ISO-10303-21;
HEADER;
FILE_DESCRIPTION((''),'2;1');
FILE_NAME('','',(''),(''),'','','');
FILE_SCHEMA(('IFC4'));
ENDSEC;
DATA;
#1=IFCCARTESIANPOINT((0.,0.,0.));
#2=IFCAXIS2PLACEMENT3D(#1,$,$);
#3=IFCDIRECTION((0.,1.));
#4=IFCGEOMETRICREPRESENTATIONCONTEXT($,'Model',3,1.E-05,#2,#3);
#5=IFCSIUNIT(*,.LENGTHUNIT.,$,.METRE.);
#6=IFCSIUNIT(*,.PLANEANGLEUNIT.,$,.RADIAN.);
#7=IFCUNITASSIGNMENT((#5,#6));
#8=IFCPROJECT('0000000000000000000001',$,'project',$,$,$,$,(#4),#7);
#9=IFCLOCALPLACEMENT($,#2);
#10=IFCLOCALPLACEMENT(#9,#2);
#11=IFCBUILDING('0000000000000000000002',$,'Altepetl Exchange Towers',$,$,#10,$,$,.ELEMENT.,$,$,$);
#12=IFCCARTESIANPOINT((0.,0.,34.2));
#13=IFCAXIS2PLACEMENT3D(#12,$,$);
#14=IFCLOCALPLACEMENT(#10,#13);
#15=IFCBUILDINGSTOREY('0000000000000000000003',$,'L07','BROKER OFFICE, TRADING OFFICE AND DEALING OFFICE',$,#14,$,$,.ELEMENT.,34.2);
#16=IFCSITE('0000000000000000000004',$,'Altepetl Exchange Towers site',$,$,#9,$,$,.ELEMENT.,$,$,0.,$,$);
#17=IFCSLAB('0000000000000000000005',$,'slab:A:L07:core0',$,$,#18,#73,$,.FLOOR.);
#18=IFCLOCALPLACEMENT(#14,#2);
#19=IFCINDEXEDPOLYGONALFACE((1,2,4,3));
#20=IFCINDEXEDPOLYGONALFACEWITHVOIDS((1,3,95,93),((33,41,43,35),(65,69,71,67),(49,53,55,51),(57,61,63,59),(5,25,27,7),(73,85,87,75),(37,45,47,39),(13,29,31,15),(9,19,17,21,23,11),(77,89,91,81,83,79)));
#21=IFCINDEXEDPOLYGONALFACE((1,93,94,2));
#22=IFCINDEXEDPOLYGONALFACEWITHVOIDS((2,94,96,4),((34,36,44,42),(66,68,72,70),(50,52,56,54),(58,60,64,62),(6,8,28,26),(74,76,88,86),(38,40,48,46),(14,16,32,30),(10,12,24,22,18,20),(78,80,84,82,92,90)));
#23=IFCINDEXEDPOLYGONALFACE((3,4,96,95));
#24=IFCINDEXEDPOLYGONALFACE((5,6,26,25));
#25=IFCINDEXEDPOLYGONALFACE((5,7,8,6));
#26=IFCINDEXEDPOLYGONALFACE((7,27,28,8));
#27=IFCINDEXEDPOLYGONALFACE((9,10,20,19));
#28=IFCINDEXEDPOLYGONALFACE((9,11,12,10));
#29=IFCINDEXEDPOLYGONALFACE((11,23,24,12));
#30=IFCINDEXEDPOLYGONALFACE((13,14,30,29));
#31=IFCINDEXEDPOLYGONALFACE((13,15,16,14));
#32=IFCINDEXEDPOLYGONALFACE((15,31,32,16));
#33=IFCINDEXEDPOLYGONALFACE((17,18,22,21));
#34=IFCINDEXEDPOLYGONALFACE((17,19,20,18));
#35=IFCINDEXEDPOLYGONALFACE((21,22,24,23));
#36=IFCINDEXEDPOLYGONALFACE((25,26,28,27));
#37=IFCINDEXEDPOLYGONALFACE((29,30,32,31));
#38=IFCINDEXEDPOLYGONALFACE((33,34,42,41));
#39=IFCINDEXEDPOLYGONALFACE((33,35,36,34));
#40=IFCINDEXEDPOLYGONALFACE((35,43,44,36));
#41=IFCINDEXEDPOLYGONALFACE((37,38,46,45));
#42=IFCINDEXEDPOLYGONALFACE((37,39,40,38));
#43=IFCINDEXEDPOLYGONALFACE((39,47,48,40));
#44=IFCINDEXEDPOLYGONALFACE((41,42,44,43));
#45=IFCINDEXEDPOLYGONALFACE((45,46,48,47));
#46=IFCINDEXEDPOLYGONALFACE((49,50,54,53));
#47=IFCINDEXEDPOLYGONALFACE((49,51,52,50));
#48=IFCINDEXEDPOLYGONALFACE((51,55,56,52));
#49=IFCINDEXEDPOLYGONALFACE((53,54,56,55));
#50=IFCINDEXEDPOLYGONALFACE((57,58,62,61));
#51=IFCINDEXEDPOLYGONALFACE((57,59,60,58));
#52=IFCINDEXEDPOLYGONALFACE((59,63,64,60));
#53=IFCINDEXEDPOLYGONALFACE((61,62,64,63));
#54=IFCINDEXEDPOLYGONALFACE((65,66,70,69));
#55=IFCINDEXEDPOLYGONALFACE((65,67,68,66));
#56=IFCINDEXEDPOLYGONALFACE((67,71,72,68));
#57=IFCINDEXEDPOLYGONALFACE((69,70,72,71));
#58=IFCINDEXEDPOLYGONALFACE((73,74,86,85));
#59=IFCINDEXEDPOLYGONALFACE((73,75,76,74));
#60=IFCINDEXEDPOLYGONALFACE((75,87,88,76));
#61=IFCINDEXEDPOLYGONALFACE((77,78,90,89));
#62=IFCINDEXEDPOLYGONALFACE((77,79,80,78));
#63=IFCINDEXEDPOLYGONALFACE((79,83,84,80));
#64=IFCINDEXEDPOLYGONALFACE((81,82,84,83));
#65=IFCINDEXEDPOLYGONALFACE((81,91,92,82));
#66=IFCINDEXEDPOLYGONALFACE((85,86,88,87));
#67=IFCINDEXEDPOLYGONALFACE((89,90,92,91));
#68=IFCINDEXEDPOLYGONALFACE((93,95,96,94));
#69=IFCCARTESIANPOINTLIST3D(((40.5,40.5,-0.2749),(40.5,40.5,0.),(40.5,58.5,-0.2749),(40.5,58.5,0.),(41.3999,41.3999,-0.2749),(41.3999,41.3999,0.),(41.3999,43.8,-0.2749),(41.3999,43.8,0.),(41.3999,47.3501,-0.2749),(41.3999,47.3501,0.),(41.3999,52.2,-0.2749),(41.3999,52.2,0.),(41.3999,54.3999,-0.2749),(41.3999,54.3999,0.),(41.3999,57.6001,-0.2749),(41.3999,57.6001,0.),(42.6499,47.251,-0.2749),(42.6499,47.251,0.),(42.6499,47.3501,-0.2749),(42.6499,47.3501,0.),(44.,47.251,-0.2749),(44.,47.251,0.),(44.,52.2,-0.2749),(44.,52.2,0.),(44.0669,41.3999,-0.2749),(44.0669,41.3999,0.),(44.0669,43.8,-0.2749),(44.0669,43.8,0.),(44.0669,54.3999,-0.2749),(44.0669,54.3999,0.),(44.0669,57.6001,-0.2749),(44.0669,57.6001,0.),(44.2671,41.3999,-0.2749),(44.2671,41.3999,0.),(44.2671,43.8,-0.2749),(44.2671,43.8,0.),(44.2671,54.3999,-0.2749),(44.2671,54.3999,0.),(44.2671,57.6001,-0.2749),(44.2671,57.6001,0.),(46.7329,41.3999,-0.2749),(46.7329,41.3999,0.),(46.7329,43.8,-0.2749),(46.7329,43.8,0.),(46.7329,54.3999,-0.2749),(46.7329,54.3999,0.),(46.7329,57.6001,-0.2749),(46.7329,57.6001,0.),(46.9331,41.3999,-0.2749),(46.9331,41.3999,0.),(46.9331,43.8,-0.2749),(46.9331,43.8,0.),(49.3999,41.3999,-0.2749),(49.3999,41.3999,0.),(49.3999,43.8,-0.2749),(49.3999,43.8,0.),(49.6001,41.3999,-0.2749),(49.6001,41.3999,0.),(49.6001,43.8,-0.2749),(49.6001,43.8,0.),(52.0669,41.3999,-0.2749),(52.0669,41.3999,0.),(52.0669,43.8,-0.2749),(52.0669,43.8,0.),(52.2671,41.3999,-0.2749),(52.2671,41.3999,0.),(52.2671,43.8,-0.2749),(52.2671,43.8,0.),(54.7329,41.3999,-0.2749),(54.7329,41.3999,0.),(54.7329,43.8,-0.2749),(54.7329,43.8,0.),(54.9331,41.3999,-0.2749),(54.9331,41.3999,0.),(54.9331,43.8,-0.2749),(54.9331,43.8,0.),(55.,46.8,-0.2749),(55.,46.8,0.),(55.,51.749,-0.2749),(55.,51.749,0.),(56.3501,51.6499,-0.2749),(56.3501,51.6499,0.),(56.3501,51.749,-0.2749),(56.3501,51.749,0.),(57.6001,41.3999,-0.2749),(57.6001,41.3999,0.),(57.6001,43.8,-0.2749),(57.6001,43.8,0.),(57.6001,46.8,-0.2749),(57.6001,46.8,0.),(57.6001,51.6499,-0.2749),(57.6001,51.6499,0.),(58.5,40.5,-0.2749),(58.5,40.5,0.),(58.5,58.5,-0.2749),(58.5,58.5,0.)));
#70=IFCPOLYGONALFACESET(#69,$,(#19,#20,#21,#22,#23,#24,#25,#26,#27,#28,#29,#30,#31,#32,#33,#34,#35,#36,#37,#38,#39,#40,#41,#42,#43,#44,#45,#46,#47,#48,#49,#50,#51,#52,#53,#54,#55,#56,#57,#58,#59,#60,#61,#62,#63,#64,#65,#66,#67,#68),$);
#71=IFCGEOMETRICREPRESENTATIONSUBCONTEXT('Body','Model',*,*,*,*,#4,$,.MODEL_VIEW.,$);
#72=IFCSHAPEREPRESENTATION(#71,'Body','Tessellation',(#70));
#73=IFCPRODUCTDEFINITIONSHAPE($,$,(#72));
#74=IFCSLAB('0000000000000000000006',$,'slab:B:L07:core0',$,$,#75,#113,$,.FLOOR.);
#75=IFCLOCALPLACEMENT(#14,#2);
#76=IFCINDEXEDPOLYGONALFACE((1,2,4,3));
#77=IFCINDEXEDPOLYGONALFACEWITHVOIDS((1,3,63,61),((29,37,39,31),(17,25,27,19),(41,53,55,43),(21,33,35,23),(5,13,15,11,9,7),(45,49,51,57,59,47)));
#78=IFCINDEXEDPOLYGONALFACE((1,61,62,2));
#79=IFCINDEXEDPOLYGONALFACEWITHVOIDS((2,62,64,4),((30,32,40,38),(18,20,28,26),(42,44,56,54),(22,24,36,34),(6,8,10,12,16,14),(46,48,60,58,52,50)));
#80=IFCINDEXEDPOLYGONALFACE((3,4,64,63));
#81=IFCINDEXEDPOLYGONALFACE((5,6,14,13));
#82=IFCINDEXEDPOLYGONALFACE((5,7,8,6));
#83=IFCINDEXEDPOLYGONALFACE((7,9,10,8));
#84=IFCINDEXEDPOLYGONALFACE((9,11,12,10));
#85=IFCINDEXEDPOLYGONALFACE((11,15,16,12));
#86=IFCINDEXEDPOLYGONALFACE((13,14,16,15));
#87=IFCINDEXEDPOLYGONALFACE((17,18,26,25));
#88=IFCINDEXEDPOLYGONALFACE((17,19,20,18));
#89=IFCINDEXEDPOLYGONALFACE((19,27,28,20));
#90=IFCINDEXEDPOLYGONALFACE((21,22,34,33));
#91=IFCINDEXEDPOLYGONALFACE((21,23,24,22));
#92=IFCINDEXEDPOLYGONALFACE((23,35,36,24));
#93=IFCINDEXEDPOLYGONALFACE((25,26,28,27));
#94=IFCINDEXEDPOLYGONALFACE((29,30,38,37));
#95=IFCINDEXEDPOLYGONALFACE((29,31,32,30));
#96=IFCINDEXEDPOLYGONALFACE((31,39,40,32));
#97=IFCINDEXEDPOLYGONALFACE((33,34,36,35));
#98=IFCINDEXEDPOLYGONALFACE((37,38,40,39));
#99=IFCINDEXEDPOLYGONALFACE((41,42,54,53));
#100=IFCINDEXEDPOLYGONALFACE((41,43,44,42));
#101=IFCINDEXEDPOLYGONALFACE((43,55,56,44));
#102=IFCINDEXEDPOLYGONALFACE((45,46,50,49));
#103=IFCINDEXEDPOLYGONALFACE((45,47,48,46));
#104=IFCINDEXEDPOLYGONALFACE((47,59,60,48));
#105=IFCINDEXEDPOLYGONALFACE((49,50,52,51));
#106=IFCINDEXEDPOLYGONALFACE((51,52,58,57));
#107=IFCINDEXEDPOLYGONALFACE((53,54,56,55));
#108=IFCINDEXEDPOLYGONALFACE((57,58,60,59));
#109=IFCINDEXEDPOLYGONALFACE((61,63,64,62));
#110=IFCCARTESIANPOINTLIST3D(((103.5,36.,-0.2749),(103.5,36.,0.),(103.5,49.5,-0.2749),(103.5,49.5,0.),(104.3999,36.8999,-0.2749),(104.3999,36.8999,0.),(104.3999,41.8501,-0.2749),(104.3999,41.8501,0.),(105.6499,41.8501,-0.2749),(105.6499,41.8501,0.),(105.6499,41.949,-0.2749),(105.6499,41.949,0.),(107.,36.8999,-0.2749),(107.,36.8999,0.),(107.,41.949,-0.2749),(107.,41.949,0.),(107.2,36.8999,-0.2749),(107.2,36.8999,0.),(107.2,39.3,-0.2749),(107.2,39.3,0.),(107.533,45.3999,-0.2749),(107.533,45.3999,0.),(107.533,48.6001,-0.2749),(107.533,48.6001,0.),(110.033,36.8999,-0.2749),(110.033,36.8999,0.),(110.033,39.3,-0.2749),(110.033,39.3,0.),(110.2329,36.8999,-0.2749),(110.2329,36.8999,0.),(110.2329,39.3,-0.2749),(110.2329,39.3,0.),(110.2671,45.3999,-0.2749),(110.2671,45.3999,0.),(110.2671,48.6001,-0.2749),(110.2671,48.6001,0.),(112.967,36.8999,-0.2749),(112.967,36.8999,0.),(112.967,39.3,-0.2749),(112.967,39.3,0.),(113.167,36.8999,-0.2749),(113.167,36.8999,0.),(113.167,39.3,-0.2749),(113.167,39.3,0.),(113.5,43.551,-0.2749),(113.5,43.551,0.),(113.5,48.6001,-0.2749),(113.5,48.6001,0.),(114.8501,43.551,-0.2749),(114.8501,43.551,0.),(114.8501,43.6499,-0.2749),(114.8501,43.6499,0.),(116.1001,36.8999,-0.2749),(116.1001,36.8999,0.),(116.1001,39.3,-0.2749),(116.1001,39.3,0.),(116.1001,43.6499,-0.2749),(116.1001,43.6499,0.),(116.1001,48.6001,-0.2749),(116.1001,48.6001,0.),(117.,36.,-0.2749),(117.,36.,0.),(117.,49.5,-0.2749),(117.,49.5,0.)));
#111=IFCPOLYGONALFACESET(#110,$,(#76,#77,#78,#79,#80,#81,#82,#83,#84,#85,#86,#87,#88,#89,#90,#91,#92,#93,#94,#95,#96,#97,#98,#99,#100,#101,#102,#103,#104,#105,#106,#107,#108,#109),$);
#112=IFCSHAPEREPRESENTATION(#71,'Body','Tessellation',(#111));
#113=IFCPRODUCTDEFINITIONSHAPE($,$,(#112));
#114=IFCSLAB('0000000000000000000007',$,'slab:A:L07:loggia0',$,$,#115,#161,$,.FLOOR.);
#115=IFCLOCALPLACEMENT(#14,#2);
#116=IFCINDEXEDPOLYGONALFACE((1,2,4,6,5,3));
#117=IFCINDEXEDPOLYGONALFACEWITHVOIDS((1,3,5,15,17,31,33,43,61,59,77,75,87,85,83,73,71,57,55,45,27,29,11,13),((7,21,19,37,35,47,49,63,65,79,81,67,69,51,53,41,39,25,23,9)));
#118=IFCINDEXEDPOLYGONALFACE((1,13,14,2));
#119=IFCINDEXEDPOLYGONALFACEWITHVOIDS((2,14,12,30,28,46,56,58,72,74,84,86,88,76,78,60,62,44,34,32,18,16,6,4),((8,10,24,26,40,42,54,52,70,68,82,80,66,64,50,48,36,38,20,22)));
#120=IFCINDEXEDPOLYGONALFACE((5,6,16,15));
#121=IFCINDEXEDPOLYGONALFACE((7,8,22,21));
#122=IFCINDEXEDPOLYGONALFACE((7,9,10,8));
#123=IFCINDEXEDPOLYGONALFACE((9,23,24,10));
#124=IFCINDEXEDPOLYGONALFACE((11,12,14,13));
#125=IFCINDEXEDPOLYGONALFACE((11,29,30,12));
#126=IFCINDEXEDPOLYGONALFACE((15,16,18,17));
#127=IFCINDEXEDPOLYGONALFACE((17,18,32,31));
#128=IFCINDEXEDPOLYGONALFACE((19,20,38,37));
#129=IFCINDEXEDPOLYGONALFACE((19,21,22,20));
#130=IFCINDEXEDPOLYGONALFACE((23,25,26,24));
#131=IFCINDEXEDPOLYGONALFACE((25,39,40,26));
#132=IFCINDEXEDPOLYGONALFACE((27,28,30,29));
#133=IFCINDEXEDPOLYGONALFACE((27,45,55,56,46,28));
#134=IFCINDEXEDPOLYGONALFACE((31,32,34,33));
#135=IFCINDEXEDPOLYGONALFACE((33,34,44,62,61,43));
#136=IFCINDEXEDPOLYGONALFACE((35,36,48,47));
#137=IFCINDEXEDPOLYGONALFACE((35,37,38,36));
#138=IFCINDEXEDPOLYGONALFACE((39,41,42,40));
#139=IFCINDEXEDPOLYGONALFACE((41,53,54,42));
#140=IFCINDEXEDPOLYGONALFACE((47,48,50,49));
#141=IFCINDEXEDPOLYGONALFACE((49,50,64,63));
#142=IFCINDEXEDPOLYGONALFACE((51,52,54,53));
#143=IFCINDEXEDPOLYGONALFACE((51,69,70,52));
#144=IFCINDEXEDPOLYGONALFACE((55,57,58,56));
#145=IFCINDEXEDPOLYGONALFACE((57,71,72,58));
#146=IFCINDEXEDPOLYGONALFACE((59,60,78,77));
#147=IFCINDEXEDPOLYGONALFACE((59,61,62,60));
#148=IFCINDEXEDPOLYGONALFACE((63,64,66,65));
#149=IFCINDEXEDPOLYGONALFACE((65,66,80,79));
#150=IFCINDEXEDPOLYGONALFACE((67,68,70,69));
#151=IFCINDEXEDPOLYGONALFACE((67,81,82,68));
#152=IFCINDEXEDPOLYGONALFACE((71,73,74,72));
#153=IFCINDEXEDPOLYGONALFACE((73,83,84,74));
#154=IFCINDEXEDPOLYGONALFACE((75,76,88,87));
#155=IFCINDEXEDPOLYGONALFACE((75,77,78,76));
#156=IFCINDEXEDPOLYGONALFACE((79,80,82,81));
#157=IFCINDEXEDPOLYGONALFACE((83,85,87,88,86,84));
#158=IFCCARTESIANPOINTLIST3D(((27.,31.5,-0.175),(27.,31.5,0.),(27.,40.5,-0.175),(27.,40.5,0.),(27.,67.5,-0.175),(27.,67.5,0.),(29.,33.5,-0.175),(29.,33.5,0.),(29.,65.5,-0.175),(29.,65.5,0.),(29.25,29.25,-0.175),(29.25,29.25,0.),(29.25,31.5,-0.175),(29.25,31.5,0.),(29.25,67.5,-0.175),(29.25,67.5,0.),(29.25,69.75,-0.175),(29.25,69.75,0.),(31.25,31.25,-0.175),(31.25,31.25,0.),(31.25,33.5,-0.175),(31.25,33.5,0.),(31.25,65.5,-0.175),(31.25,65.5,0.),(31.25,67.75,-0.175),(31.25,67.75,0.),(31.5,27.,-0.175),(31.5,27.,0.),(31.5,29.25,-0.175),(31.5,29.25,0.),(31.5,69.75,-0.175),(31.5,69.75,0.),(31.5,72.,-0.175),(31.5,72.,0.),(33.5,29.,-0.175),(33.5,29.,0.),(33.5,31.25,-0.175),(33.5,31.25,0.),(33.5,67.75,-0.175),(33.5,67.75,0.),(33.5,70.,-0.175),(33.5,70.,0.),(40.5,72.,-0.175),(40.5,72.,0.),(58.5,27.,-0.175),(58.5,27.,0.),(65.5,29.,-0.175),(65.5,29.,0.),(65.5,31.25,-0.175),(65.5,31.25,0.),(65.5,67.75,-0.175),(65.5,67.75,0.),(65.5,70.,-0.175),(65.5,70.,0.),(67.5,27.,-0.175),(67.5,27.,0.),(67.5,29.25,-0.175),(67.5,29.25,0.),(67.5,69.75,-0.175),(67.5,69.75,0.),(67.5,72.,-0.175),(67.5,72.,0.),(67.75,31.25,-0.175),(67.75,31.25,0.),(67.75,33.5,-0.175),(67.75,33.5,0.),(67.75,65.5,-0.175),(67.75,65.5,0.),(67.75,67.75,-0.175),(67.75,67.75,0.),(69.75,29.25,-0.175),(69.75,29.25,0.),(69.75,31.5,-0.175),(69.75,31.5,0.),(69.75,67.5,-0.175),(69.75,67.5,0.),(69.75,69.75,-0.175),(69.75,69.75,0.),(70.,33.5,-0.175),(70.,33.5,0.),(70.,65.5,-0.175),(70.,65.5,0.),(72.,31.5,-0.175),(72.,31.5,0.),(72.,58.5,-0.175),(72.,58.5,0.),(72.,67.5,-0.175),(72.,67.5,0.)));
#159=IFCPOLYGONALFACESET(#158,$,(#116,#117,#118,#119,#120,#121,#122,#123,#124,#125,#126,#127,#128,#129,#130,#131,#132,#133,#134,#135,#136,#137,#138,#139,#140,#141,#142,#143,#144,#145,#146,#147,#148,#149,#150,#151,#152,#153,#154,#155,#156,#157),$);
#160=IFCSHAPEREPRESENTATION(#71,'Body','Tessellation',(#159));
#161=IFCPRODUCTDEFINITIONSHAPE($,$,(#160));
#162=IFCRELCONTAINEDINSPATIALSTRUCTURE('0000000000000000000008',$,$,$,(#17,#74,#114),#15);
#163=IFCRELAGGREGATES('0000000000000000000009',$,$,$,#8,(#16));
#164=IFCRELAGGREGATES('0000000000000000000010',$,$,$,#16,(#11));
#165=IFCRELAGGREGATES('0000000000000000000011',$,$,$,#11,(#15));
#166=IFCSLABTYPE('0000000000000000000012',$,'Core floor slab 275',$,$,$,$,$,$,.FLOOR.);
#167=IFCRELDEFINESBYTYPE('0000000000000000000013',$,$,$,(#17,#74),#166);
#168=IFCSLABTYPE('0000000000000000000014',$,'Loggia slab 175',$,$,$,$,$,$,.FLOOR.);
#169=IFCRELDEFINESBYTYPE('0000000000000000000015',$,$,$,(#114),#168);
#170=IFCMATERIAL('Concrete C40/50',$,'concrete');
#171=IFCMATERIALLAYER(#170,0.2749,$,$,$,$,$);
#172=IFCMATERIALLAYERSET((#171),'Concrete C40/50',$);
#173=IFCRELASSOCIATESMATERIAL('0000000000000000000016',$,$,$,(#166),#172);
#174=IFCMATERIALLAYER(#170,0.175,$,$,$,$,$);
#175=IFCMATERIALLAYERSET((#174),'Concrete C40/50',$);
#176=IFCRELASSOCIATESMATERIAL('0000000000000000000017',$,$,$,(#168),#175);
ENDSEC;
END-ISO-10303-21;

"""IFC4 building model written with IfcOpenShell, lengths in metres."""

from ifc_helpers import new_model, si_unit, direction, frame, origin, place, context, subcontext, project, spatial, polyline, outline, extrude, material, layer, layer_set, type_object, element, save


model = new_model("IFC4")

# Units and contexts
model_context = context("Model", 3, precision=1e-05, world=origin(), true_north=direction((0.0, 1.0)))
body_context = subcontext(model_context, "Body", "Model", "MODEL_VIEW")
ifc_project = project(units=[si_unit("LENGTHUNIT", "METRE"), si_unit("PLANEANGLEUNIT", "RADIAN")], contexts=[model_context])

# Site, building, storey
site_placement = place(None, origin())
site = spatial("IfcSite", under=ifc_project, at=site_placement, Name="Altepetl Exchange Towers site", CompositionType="ELEMENT", RefElevation=0.0)
building_placement = place(site_placement, origin())
building = spatial("IfcBuilding", under=site, at=building_placement, Name="Altepetl Exchange Towers", CompositionType="ELEMENT")
storey_placement = place(building_placement, frame((0.0, 0.0, 34.2)))
storey = spatial("IfcBuildingStorey", under=building, at=storey_placement, Name="L07", Description="BROKER OFFICE, TRADING OFFICE AND DEALING OFFICE", CompositionType="ELEMENT", Elevation=34.2)

# Slabs
ifc_material_1 = material(Name="Concrete C40/50", Category="concrete")
ifc_layer_1 = layer(ifc_material_1, 0.2749)
ifc_layer_set_1 = layer_set([ifc_layer_1], Name="Concrete C40/50")
slab_type_1 = type_object("IfcSlabType", Name="Core floor slab 275", PredefinedType="FLOOR", material=ifc_layer_set_1)
slab_1_placement = place(storey_placement, frame((0.0, 0.0, -0.2749)))
element("IfcSlab", 1, at=slab_1_placement, inside=storey, type_object=slab_type_1, Name="slab:A:L07:core0", PredefinedType="FLOOR", context=body_context, shape_type="SweptSolid", body=[
    extrude(outline(polyline([(40.5, 40.5), (58.5, 40.5), (58.5, 58.5), (40.5, 58.5), (40.5, 40.5)]), holes=[polyline([(41.3999, 43.8), (44.0669, 43.8), (44.0669, 41.3999), (41.3999, 41.3999), (41.3999, 43.8)]), polyline([(44.2671, 43.8), (46.7329, 43.8), (46.7329, 41.3999), (44.2671, 41.3999), (44.2671, 43.8)]), polyline([(46.9331, 43.8), (49.3999, 43.8), (49.3999, 41.3999), (46.9331, 41.3999), (46.9331, 43.8)]), polyline([(52.0669, 43.8), (52.0669, 41.3999), (49.6001, 41.3999), (49.6001, 43.8), (52.0669, 43.8)]), polyline([(54.7329, 43.8), (54.7329, 41.3999), (52.2671, 41.3999), (52.2671, 43.8), (54.7329, 43.8)]), polyline([(54.9331, 43.8), (57.6001, 43.8), (57.6001, 41.3999), (54.9331, 41.3999), (54.9331, 43.8)]), polyline([(55.0, 51.749), (56.3501, 51.749), (56.3501, 51.6499), (57.6001, 51.6499), (57.6001, 46.8), (55.0, 46.8), (55.0, 51.749)]), polyline([(44.0, 47.251), (42.6499, 47.251), (42.6499, 47.3501), (41.3999, 47.3501), (41.3999, 52.2), (44.0, 52.2), (44.0, 47.251)]), polyline([(44.0669, 57.6001), (44.0669, 54.3999), (41.3999, 54.3999), (41.3999, 57.6001), (44.0669, 57.6001)]), polyline([(46.7329, 57.6001), (46.7329, 54.3999), (44.2671, 54.3999), (44.2671, 57.6001), (46.7329, 57.6001)])]), origin(), (0.0, 0.0, 1.0), 0.2749),
])
slab_2_placement = place(storey_placement, frame((0.0, 0.0, -0.2749)))
element("IfcSlab", 2, at=slab_2_placement, inside=storey, type_object=slab_type_1, Name="slab:B:L07:core0", PredefinedType="FLOOR", context=body_context, shape_type="SweptSolid", body=[
    extrude(outline(polyline([(103.5, 36.0), (117.0, 36.0), (117.0, 49.5), (103.5, 49.5), (103.5, 36.0)]), holes=[polyline([(107.2, 36.8999), (107.2, 39.3), (110.033, 39.3), (110.033, 36.8999), (107.2, 36.8999)]), polyline([(110.2329, 39.3), (112.967, 39.3), (112.967, 36.8999), (110.2329, 36.8999), (110.2329, 39.3)]), polyline([(113.167, 39.3), (116.1001, 39.3), (116.1001, 36.8999), (113.167, 36.8999), (113.167, 39.3)]), polyline([(107.0, 36.8999), (104.3999, 36.8999), (104.3999, 41.8501), (105.6499, 41.8501), (105.6499, 41.949), (107.0, 41.949), (107.0, 36.8999)]), polyline([(116.1001, 48.6001), (116.1001, 43.6499), (114.8501, 43.6499), (114.8501, 43.551), (113.5, 43.551), (113.5, 48.6001), (116.1001, 48.6001)]), polyline([(107.533, 48.6001), (110.2671, 48.6001), (110.2671, 45.3999), (107.533, 45.3999), (107.533, 48.6001)])]), origin(), (0.0, 0.0, 1.0), 0.2749),
])
ifc_layer_2 = layer(ifc_material_1, 0.175)
ifc_layer_set_2 = layer_set([ifc_layer_2], Name="Concrete C40/50")
slab_type_2 = type_object("IfcSlabType", Name="Loggia slab 175", PredefinedType="FLOOR", material=ifc_layer_set_2)
slab_3_placement = place(storey_placement, frame((0.0, 0.0, -0.175)))
element("IfcSlab", 3, at=slab_3_placement, inside=storey, type_object=slab_type_2, Name="slab:A:L07:loggia0", PredefinedType="FLOOR", context=body_context, shape_type="SweptSolid", body=[
    extrude(outline(polyline([(29.25, 67.5), (27.0, 67.5), (27.0, 40.5), (27.0, 31.5), (29.25, 31.5), (29.25, 29.25), (31.5, 29.25), (31.5, 27.0), (58.5, 27.0), (67.5, 27.0), (67.5, 29.25), (69.75, 29.25), (69.75, 31.5), (72.0, 31.5), (72.0, 58.5), (72.0, 67.5), (69.75, 67.5), (69.75, 69.75), (67.5, 69.75), (67.5, 72.0), (40.5, 72.0), (31.5, 72.0), (31.5, 69.75), (29.25, 69.75), (29.25, 67.5)]), holes=[polyline([(29.0, 65.5), (31.25, 65.5), (31.25, 67.75), (33.5, 67.75), (33.5, 70.0), (65.5, 70.0), (65.5, 67.75), (67.75, 67.75), (67.75, 65.5), (70.0, 65.5), (70.0, 33.5), (67.75, 33.5), (67.75, 31.25), (65.5, 31.25), (65.5, 29.0), (33.5, 29.0), (33.5, 31.25), (31.25, 31.25), (31.25, 33.5), (29.0, 33.5), (29.0, 65.5)])]), origin(), (0.0, 0.0, 1.0), 0.175),
])

save(model, "model.ifc")
